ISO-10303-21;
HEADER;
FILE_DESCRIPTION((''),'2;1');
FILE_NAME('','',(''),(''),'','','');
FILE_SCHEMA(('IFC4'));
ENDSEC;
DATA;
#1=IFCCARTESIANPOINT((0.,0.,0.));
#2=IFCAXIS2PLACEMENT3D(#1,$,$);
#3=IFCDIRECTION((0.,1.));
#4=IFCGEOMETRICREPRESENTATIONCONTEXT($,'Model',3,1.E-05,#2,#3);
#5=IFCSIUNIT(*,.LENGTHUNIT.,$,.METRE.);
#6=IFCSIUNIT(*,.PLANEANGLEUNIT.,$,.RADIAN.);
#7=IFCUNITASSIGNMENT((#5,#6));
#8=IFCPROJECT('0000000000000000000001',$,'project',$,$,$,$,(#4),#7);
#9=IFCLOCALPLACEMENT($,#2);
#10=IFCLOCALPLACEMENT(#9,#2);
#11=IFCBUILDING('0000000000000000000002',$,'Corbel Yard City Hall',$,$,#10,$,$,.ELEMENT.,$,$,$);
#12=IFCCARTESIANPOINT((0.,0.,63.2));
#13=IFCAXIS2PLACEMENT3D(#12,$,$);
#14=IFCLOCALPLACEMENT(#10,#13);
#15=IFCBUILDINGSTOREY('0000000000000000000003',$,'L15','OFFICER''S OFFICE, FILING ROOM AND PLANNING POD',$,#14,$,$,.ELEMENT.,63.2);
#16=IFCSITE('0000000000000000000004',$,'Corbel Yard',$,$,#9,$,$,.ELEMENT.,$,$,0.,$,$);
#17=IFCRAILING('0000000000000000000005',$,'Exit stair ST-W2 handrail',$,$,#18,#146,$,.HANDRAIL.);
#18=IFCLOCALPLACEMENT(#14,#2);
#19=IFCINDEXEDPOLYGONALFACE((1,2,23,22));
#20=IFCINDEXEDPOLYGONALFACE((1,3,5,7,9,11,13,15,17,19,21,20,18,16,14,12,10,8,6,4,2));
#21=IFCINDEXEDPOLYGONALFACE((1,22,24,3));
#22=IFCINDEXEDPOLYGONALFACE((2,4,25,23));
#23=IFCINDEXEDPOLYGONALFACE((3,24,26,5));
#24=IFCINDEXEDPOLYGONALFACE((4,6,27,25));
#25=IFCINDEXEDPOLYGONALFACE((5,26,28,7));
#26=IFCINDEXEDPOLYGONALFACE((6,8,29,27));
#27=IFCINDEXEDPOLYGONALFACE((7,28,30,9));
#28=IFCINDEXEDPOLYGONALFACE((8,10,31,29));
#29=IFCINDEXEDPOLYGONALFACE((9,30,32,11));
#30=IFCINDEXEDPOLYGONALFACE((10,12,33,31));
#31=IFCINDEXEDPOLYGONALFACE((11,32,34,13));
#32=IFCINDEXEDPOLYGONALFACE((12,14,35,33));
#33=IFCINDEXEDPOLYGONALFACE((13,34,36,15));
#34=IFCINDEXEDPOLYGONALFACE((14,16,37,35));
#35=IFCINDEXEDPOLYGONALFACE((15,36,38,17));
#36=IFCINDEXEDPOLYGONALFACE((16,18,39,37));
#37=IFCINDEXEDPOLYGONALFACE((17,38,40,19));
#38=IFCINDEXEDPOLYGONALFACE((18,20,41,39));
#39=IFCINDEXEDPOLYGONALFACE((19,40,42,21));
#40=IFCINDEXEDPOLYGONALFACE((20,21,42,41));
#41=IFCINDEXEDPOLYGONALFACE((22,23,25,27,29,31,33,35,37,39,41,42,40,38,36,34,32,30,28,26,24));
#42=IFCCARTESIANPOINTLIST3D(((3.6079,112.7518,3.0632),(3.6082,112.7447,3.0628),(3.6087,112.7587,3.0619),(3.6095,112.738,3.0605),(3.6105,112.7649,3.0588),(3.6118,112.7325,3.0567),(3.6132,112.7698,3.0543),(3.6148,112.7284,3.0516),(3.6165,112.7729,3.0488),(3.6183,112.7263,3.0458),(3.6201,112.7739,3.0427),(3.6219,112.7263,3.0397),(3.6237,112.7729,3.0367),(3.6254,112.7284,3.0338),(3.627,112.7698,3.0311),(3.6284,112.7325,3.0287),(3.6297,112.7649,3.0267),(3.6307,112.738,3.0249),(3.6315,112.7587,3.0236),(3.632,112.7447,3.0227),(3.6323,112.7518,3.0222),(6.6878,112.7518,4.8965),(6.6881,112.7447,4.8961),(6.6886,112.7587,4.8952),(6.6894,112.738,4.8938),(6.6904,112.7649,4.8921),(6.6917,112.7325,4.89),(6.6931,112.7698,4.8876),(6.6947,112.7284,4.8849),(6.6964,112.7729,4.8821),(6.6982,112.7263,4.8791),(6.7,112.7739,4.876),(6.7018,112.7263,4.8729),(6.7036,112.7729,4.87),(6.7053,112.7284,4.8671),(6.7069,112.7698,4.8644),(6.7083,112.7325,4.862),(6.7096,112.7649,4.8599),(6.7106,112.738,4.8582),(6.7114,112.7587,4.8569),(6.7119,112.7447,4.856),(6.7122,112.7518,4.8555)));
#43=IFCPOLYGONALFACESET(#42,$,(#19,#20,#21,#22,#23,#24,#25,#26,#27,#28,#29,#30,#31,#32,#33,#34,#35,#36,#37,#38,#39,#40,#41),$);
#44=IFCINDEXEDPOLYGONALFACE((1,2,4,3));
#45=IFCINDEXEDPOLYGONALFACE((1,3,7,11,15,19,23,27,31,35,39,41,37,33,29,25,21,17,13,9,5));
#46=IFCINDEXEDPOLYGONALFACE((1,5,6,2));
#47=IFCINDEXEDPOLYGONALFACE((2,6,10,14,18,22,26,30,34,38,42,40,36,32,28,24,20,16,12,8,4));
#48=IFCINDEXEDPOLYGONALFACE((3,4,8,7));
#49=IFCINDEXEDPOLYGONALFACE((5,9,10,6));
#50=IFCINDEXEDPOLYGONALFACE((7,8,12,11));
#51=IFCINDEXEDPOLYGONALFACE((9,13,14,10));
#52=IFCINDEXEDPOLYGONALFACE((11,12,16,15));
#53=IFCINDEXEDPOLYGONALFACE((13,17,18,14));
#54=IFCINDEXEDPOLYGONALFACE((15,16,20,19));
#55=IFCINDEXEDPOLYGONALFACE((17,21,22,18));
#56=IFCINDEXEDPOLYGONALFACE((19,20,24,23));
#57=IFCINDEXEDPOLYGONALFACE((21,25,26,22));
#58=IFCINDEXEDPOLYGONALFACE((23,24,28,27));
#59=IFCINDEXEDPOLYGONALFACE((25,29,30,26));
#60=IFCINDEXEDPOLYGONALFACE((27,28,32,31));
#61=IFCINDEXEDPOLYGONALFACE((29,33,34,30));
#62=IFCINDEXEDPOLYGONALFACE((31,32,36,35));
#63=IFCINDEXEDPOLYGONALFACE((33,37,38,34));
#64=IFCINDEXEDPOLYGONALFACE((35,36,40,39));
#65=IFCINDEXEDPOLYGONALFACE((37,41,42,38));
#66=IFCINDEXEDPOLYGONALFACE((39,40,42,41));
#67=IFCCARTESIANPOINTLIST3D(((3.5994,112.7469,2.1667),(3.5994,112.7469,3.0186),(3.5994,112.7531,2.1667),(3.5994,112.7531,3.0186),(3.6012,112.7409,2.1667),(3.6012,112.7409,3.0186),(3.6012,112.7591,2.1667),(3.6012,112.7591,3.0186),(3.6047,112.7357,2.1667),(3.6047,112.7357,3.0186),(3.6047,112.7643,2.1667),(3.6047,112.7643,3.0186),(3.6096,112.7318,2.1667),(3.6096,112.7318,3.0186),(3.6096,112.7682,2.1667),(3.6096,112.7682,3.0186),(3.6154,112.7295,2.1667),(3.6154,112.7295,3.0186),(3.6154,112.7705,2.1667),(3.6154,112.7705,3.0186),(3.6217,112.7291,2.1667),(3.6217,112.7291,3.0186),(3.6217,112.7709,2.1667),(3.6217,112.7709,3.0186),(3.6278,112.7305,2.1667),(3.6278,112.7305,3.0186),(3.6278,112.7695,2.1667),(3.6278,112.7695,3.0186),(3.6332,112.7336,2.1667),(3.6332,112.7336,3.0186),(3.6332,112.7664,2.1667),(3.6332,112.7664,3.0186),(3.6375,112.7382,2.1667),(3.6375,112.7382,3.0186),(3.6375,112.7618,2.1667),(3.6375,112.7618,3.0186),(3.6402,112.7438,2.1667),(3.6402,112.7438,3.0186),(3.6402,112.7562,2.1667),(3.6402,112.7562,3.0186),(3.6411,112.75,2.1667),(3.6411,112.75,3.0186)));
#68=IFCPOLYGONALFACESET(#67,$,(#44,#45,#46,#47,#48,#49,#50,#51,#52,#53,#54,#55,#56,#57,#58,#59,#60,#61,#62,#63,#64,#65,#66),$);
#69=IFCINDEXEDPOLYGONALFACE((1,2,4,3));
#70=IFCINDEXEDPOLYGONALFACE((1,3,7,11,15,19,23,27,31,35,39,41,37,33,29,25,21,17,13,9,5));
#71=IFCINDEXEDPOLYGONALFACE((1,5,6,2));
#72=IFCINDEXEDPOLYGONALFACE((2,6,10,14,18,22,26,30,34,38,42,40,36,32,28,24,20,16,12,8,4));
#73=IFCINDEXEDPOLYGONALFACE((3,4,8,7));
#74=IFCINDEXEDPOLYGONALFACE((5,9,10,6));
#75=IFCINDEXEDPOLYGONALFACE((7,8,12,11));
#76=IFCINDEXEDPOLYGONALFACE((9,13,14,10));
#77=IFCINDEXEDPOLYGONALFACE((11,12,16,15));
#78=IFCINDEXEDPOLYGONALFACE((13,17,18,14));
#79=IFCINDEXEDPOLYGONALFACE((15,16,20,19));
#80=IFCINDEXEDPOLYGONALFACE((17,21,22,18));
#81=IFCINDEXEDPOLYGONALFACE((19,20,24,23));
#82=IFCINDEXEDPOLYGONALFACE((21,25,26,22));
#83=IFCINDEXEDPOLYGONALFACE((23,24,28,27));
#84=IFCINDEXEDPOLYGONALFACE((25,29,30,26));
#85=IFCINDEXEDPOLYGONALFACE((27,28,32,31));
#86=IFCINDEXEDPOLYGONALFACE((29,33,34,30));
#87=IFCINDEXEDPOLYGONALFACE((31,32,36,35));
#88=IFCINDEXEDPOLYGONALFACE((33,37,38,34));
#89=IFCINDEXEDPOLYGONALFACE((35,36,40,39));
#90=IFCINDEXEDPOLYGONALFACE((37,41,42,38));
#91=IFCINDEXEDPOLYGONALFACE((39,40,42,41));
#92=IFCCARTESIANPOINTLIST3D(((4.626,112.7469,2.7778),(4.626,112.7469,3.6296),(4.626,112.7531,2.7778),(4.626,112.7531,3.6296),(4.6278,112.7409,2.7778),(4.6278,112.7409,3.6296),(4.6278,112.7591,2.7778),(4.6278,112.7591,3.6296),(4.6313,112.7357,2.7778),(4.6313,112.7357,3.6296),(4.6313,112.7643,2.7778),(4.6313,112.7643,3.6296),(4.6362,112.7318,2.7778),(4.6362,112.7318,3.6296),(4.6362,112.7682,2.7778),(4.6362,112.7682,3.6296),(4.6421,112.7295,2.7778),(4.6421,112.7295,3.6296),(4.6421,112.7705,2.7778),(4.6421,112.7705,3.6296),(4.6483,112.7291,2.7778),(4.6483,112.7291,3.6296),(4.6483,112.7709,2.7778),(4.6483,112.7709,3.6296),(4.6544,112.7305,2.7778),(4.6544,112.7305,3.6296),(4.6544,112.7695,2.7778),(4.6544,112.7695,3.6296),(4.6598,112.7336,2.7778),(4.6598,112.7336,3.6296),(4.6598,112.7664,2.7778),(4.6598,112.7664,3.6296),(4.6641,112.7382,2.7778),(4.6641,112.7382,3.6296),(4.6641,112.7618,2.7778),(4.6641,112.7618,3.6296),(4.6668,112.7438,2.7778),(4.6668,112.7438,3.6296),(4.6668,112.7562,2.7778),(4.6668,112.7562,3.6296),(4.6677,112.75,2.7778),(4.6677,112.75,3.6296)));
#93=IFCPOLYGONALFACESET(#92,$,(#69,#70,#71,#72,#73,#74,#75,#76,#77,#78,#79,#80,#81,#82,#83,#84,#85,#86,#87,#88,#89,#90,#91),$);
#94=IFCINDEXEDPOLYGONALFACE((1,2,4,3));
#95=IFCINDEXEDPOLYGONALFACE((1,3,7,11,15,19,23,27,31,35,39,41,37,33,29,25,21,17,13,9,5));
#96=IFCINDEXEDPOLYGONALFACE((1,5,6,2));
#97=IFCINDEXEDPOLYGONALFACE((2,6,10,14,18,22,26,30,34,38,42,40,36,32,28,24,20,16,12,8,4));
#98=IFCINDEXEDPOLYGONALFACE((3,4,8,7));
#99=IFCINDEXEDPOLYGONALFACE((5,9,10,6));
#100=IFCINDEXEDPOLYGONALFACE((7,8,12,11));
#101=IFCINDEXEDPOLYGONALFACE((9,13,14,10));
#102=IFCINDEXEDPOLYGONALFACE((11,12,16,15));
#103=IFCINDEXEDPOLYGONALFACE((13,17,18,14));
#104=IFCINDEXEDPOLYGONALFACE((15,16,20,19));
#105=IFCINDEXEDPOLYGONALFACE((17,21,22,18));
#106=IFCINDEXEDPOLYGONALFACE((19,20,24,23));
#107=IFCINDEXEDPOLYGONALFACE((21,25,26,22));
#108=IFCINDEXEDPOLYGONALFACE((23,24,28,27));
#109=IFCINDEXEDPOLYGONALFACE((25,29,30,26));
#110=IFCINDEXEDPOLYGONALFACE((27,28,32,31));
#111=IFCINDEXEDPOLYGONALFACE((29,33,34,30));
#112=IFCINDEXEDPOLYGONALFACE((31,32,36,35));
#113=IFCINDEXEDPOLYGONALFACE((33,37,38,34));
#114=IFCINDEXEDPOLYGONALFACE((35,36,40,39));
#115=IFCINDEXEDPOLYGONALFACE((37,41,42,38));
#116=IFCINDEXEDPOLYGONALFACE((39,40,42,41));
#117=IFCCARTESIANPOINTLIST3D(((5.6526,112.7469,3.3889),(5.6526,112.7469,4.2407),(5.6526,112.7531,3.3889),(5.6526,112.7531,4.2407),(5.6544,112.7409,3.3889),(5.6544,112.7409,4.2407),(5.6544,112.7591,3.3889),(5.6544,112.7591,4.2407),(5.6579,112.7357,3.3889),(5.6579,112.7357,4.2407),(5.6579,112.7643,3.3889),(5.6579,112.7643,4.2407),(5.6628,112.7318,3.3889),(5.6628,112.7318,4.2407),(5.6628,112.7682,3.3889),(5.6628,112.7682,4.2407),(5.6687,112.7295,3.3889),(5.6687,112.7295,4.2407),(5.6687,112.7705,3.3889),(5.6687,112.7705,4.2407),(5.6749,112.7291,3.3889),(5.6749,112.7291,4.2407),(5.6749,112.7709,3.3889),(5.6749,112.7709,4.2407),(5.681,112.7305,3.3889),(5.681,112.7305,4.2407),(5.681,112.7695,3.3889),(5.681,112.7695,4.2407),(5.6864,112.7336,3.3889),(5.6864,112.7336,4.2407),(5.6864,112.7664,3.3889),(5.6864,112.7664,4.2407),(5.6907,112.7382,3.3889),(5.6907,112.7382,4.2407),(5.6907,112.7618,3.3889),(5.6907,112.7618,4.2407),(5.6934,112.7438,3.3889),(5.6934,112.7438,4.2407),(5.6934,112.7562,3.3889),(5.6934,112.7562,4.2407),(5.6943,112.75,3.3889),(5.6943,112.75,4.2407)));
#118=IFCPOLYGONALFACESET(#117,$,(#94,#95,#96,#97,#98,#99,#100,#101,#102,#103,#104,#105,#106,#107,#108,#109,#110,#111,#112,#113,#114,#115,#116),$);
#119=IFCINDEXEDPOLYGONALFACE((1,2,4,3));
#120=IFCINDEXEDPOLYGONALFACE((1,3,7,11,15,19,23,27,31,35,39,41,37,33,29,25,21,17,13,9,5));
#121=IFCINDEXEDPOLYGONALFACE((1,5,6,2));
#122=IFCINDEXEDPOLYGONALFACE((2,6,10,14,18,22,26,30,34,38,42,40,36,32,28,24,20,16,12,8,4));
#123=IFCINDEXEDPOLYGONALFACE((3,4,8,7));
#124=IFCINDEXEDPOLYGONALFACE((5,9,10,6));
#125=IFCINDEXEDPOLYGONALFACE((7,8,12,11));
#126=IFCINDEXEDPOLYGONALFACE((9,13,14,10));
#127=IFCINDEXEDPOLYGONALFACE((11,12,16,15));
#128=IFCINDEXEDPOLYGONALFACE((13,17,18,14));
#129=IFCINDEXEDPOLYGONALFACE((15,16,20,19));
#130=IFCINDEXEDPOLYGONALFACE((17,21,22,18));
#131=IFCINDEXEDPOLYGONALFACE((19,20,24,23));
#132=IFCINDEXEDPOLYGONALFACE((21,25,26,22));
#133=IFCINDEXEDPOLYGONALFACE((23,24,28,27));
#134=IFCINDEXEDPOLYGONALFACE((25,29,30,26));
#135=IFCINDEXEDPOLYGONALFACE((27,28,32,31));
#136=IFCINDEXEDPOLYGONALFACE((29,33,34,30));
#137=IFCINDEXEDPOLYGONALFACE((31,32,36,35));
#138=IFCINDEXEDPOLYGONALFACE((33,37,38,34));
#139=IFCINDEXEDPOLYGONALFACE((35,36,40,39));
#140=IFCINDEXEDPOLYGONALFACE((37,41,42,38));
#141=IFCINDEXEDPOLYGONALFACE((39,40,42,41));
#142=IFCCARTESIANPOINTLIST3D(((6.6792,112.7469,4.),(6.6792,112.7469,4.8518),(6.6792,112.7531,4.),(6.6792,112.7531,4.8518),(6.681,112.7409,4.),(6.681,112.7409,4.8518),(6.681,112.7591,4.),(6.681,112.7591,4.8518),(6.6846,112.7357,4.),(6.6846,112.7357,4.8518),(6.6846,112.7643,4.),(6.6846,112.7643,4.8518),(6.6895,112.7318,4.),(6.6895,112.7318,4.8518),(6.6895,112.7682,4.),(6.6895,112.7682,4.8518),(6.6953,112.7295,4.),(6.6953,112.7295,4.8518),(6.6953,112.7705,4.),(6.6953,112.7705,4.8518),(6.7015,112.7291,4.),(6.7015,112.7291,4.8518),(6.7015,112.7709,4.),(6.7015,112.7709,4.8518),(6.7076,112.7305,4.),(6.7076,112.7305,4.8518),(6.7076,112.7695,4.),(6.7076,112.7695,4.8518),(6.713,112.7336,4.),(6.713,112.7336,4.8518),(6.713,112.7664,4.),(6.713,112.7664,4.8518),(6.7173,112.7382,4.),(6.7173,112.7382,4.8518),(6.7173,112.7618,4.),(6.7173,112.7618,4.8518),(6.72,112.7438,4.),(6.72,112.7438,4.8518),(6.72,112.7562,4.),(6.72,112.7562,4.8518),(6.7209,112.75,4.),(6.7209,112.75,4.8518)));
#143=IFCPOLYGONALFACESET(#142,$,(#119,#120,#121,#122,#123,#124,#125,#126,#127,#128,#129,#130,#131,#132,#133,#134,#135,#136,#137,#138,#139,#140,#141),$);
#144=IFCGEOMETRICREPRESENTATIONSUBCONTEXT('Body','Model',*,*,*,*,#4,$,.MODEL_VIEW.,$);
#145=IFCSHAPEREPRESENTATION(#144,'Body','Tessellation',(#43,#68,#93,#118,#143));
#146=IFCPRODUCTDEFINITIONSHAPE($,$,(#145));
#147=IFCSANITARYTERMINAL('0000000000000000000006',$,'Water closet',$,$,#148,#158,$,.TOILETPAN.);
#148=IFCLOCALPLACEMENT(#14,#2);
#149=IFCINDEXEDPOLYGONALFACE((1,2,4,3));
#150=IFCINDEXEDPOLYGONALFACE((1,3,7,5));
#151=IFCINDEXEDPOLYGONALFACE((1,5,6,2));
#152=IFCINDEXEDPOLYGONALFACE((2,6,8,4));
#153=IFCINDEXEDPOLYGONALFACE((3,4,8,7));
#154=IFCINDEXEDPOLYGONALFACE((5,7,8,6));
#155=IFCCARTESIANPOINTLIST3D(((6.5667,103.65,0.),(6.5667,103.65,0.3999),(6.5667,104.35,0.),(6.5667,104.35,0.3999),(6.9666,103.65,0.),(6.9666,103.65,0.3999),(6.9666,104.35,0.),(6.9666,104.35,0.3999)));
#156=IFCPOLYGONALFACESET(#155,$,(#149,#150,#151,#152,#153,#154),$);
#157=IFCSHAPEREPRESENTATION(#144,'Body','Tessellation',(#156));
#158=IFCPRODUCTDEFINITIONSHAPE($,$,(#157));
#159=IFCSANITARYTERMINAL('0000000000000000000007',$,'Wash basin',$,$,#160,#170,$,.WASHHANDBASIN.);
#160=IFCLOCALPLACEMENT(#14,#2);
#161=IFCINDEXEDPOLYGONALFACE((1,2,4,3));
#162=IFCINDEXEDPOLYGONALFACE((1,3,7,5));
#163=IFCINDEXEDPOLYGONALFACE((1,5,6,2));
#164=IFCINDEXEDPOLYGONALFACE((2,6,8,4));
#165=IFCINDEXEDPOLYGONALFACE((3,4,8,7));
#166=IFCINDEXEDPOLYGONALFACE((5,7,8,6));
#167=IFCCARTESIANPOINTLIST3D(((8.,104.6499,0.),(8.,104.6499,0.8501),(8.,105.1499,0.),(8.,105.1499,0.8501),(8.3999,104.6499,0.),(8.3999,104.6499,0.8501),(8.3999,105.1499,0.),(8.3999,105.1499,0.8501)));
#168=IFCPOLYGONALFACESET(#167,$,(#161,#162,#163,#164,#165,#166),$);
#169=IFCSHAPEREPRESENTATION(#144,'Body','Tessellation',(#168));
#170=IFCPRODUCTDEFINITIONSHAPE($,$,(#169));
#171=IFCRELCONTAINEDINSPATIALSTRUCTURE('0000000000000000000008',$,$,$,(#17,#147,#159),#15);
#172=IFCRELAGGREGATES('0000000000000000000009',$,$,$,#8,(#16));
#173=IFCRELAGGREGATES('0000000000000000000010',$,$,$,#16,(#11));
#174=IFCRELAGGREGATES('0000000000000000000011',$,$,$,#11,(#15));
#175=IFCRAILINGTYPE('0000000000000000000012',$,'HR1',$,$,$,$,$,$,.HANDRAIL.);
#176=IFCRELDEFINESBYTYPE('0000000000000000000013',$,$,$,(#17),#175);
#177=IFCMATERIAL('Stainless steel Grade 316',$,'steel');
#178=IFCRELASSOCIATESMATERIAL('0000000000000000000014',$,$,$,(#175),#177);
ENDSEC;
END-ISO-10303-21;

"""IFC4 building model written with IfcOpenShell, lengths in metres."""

from ifc_helpers import new_model, si_unit, direction, frame, origin, origin_2d, place, context, subcontext, project, spatial, rectangle, circle, extrude, material, type_object, element, save


model = new_model("IFC4")

# Units and contexts
model_context = context("Model", 3, precision=1e-05, world=origin(), true_north=direction((0.0, 1.0)))
body_context = subcontext(model_context, "Body", "Model", "MODEL_VIEW")
ifc_project = project(units=[si_unit("LENGTHUNIT", "METRE"), si_unit("PLANEANGLEUNIT", "RADIAN")], contexts=[model_context])

# Site, building, storey
site_placement = place(None, origin())
site = spatial("IfcSite", under=ifc_project, at=site_placement, Name="Corbel Yard", CompositionType="ELEMENT", RefElevation=0.0)
building_placement = place(site_placement, origin())
building = spatial("IfcBuilding", under=site, at=building_placement, Name="Corbel Yard City Hall", CompositionType="ELEMENT")
storey_placement = place(building_placement, frame((0.0, 0.0, 63.2)))
storey = spatial("IfcBuildingStorey", under=building, at=storey_placement, Name="L15", Description="OFFICER'S OFFICE, FILING ROOM AND PLANNING POD", CompositionType="ELEMENT", Elevation=63.2)

# Shared definitions
ifc_material_1 = material(Name="Stainless steel Grade 316", Category="steel")

# Railing
railing_type = type_object("IfcRailingType", Name="HR1", PredefinedType="HANDRAIL", material=ifc_material_1)
for number, where, name in (
    (1, (3.6201, 112.75, 2.1667), "Exit stair ST-W2 handrail"),
):
    element("IfcRailing", number, at=place(storey_placement, frame(where)), inside=storey, type_object=railing_type, Name=name, PredefinedType="HANDRAIL", context=body_context, shape_type="SweptSolid", body=[
        extrude(circle(Radius=0.0239, at=origin_2d()), frame((0.0, 0.0, 0.876), z_axis=(0.859291, 0.0, 0.511487), x_axis=(0.0, 1.0, 0.0)), (0.0, 0.0, 1.0), 3.5842),
        extrude(circle(Radius=0.021, at=origin_2d()), origin(), (0.0, 0.0, 1.0), 0.8518),
        extrude(circle(Radius=0.021, at=origin_2d()), frame((1.0266, 0.0, 0.6111)), (0.0, 0.0, 1.0), 0.8518),
        extrude(circle(Radius=0.021, at=origin_2d()), frame((2.0532, 0.0, 1.2222)), (0.0, 0.0, 1.0), 0.8518),
        extrude(circle(Radius=0.021, at=origin_2d()), frame((3.0798, 0.0, 1.8333)), (0.0, 0.0, 1.0), 0.8518),
    ])

# Sanitary terminals
sanitary_terminal_1_placement = place(storey_placement, frame((6.7666, 104.0, 0.0), z_axis=(0.0, 0.0, 1.0), x_axis=(1.0, 0.0, 0.0)))
element("IfcSanitaryTerminal", 2, at=sanitary_terminal_1_placement, inside=storey, Name="Water closet", PredefinedType="TOILETPAN", context=body_context, shape_type="SweptSolid", body=[
    extrude(rectangle(XDim=0.3999, YDim=0.7, at=origin_2d()), origin(), (0.0, 0.0, 1.0), 0.3999),
])
sanitary_terminal_2_placement = place(storey_placement, frame((8.2, 104.8999, 0.0), z_axis=(0.0, 0.0, 1.0), x_axis=(1.0, 0.0, 0.0)))
element("IfcSanitaryTerminal", 3, at=sanitary_terminal_2_placement, inside=storey, Name="Wash basin", PredefinedType="WASHHANDBASIN", context=body_context, shape_type="SweptSolid", body=[
    extrude(rectangle(XDim=0.3999, YDim=0.5, at=origin_2d()), origin(), (0.0, 0.0, 1.0), 0.8501),
])

save(model, "model.ifc")
